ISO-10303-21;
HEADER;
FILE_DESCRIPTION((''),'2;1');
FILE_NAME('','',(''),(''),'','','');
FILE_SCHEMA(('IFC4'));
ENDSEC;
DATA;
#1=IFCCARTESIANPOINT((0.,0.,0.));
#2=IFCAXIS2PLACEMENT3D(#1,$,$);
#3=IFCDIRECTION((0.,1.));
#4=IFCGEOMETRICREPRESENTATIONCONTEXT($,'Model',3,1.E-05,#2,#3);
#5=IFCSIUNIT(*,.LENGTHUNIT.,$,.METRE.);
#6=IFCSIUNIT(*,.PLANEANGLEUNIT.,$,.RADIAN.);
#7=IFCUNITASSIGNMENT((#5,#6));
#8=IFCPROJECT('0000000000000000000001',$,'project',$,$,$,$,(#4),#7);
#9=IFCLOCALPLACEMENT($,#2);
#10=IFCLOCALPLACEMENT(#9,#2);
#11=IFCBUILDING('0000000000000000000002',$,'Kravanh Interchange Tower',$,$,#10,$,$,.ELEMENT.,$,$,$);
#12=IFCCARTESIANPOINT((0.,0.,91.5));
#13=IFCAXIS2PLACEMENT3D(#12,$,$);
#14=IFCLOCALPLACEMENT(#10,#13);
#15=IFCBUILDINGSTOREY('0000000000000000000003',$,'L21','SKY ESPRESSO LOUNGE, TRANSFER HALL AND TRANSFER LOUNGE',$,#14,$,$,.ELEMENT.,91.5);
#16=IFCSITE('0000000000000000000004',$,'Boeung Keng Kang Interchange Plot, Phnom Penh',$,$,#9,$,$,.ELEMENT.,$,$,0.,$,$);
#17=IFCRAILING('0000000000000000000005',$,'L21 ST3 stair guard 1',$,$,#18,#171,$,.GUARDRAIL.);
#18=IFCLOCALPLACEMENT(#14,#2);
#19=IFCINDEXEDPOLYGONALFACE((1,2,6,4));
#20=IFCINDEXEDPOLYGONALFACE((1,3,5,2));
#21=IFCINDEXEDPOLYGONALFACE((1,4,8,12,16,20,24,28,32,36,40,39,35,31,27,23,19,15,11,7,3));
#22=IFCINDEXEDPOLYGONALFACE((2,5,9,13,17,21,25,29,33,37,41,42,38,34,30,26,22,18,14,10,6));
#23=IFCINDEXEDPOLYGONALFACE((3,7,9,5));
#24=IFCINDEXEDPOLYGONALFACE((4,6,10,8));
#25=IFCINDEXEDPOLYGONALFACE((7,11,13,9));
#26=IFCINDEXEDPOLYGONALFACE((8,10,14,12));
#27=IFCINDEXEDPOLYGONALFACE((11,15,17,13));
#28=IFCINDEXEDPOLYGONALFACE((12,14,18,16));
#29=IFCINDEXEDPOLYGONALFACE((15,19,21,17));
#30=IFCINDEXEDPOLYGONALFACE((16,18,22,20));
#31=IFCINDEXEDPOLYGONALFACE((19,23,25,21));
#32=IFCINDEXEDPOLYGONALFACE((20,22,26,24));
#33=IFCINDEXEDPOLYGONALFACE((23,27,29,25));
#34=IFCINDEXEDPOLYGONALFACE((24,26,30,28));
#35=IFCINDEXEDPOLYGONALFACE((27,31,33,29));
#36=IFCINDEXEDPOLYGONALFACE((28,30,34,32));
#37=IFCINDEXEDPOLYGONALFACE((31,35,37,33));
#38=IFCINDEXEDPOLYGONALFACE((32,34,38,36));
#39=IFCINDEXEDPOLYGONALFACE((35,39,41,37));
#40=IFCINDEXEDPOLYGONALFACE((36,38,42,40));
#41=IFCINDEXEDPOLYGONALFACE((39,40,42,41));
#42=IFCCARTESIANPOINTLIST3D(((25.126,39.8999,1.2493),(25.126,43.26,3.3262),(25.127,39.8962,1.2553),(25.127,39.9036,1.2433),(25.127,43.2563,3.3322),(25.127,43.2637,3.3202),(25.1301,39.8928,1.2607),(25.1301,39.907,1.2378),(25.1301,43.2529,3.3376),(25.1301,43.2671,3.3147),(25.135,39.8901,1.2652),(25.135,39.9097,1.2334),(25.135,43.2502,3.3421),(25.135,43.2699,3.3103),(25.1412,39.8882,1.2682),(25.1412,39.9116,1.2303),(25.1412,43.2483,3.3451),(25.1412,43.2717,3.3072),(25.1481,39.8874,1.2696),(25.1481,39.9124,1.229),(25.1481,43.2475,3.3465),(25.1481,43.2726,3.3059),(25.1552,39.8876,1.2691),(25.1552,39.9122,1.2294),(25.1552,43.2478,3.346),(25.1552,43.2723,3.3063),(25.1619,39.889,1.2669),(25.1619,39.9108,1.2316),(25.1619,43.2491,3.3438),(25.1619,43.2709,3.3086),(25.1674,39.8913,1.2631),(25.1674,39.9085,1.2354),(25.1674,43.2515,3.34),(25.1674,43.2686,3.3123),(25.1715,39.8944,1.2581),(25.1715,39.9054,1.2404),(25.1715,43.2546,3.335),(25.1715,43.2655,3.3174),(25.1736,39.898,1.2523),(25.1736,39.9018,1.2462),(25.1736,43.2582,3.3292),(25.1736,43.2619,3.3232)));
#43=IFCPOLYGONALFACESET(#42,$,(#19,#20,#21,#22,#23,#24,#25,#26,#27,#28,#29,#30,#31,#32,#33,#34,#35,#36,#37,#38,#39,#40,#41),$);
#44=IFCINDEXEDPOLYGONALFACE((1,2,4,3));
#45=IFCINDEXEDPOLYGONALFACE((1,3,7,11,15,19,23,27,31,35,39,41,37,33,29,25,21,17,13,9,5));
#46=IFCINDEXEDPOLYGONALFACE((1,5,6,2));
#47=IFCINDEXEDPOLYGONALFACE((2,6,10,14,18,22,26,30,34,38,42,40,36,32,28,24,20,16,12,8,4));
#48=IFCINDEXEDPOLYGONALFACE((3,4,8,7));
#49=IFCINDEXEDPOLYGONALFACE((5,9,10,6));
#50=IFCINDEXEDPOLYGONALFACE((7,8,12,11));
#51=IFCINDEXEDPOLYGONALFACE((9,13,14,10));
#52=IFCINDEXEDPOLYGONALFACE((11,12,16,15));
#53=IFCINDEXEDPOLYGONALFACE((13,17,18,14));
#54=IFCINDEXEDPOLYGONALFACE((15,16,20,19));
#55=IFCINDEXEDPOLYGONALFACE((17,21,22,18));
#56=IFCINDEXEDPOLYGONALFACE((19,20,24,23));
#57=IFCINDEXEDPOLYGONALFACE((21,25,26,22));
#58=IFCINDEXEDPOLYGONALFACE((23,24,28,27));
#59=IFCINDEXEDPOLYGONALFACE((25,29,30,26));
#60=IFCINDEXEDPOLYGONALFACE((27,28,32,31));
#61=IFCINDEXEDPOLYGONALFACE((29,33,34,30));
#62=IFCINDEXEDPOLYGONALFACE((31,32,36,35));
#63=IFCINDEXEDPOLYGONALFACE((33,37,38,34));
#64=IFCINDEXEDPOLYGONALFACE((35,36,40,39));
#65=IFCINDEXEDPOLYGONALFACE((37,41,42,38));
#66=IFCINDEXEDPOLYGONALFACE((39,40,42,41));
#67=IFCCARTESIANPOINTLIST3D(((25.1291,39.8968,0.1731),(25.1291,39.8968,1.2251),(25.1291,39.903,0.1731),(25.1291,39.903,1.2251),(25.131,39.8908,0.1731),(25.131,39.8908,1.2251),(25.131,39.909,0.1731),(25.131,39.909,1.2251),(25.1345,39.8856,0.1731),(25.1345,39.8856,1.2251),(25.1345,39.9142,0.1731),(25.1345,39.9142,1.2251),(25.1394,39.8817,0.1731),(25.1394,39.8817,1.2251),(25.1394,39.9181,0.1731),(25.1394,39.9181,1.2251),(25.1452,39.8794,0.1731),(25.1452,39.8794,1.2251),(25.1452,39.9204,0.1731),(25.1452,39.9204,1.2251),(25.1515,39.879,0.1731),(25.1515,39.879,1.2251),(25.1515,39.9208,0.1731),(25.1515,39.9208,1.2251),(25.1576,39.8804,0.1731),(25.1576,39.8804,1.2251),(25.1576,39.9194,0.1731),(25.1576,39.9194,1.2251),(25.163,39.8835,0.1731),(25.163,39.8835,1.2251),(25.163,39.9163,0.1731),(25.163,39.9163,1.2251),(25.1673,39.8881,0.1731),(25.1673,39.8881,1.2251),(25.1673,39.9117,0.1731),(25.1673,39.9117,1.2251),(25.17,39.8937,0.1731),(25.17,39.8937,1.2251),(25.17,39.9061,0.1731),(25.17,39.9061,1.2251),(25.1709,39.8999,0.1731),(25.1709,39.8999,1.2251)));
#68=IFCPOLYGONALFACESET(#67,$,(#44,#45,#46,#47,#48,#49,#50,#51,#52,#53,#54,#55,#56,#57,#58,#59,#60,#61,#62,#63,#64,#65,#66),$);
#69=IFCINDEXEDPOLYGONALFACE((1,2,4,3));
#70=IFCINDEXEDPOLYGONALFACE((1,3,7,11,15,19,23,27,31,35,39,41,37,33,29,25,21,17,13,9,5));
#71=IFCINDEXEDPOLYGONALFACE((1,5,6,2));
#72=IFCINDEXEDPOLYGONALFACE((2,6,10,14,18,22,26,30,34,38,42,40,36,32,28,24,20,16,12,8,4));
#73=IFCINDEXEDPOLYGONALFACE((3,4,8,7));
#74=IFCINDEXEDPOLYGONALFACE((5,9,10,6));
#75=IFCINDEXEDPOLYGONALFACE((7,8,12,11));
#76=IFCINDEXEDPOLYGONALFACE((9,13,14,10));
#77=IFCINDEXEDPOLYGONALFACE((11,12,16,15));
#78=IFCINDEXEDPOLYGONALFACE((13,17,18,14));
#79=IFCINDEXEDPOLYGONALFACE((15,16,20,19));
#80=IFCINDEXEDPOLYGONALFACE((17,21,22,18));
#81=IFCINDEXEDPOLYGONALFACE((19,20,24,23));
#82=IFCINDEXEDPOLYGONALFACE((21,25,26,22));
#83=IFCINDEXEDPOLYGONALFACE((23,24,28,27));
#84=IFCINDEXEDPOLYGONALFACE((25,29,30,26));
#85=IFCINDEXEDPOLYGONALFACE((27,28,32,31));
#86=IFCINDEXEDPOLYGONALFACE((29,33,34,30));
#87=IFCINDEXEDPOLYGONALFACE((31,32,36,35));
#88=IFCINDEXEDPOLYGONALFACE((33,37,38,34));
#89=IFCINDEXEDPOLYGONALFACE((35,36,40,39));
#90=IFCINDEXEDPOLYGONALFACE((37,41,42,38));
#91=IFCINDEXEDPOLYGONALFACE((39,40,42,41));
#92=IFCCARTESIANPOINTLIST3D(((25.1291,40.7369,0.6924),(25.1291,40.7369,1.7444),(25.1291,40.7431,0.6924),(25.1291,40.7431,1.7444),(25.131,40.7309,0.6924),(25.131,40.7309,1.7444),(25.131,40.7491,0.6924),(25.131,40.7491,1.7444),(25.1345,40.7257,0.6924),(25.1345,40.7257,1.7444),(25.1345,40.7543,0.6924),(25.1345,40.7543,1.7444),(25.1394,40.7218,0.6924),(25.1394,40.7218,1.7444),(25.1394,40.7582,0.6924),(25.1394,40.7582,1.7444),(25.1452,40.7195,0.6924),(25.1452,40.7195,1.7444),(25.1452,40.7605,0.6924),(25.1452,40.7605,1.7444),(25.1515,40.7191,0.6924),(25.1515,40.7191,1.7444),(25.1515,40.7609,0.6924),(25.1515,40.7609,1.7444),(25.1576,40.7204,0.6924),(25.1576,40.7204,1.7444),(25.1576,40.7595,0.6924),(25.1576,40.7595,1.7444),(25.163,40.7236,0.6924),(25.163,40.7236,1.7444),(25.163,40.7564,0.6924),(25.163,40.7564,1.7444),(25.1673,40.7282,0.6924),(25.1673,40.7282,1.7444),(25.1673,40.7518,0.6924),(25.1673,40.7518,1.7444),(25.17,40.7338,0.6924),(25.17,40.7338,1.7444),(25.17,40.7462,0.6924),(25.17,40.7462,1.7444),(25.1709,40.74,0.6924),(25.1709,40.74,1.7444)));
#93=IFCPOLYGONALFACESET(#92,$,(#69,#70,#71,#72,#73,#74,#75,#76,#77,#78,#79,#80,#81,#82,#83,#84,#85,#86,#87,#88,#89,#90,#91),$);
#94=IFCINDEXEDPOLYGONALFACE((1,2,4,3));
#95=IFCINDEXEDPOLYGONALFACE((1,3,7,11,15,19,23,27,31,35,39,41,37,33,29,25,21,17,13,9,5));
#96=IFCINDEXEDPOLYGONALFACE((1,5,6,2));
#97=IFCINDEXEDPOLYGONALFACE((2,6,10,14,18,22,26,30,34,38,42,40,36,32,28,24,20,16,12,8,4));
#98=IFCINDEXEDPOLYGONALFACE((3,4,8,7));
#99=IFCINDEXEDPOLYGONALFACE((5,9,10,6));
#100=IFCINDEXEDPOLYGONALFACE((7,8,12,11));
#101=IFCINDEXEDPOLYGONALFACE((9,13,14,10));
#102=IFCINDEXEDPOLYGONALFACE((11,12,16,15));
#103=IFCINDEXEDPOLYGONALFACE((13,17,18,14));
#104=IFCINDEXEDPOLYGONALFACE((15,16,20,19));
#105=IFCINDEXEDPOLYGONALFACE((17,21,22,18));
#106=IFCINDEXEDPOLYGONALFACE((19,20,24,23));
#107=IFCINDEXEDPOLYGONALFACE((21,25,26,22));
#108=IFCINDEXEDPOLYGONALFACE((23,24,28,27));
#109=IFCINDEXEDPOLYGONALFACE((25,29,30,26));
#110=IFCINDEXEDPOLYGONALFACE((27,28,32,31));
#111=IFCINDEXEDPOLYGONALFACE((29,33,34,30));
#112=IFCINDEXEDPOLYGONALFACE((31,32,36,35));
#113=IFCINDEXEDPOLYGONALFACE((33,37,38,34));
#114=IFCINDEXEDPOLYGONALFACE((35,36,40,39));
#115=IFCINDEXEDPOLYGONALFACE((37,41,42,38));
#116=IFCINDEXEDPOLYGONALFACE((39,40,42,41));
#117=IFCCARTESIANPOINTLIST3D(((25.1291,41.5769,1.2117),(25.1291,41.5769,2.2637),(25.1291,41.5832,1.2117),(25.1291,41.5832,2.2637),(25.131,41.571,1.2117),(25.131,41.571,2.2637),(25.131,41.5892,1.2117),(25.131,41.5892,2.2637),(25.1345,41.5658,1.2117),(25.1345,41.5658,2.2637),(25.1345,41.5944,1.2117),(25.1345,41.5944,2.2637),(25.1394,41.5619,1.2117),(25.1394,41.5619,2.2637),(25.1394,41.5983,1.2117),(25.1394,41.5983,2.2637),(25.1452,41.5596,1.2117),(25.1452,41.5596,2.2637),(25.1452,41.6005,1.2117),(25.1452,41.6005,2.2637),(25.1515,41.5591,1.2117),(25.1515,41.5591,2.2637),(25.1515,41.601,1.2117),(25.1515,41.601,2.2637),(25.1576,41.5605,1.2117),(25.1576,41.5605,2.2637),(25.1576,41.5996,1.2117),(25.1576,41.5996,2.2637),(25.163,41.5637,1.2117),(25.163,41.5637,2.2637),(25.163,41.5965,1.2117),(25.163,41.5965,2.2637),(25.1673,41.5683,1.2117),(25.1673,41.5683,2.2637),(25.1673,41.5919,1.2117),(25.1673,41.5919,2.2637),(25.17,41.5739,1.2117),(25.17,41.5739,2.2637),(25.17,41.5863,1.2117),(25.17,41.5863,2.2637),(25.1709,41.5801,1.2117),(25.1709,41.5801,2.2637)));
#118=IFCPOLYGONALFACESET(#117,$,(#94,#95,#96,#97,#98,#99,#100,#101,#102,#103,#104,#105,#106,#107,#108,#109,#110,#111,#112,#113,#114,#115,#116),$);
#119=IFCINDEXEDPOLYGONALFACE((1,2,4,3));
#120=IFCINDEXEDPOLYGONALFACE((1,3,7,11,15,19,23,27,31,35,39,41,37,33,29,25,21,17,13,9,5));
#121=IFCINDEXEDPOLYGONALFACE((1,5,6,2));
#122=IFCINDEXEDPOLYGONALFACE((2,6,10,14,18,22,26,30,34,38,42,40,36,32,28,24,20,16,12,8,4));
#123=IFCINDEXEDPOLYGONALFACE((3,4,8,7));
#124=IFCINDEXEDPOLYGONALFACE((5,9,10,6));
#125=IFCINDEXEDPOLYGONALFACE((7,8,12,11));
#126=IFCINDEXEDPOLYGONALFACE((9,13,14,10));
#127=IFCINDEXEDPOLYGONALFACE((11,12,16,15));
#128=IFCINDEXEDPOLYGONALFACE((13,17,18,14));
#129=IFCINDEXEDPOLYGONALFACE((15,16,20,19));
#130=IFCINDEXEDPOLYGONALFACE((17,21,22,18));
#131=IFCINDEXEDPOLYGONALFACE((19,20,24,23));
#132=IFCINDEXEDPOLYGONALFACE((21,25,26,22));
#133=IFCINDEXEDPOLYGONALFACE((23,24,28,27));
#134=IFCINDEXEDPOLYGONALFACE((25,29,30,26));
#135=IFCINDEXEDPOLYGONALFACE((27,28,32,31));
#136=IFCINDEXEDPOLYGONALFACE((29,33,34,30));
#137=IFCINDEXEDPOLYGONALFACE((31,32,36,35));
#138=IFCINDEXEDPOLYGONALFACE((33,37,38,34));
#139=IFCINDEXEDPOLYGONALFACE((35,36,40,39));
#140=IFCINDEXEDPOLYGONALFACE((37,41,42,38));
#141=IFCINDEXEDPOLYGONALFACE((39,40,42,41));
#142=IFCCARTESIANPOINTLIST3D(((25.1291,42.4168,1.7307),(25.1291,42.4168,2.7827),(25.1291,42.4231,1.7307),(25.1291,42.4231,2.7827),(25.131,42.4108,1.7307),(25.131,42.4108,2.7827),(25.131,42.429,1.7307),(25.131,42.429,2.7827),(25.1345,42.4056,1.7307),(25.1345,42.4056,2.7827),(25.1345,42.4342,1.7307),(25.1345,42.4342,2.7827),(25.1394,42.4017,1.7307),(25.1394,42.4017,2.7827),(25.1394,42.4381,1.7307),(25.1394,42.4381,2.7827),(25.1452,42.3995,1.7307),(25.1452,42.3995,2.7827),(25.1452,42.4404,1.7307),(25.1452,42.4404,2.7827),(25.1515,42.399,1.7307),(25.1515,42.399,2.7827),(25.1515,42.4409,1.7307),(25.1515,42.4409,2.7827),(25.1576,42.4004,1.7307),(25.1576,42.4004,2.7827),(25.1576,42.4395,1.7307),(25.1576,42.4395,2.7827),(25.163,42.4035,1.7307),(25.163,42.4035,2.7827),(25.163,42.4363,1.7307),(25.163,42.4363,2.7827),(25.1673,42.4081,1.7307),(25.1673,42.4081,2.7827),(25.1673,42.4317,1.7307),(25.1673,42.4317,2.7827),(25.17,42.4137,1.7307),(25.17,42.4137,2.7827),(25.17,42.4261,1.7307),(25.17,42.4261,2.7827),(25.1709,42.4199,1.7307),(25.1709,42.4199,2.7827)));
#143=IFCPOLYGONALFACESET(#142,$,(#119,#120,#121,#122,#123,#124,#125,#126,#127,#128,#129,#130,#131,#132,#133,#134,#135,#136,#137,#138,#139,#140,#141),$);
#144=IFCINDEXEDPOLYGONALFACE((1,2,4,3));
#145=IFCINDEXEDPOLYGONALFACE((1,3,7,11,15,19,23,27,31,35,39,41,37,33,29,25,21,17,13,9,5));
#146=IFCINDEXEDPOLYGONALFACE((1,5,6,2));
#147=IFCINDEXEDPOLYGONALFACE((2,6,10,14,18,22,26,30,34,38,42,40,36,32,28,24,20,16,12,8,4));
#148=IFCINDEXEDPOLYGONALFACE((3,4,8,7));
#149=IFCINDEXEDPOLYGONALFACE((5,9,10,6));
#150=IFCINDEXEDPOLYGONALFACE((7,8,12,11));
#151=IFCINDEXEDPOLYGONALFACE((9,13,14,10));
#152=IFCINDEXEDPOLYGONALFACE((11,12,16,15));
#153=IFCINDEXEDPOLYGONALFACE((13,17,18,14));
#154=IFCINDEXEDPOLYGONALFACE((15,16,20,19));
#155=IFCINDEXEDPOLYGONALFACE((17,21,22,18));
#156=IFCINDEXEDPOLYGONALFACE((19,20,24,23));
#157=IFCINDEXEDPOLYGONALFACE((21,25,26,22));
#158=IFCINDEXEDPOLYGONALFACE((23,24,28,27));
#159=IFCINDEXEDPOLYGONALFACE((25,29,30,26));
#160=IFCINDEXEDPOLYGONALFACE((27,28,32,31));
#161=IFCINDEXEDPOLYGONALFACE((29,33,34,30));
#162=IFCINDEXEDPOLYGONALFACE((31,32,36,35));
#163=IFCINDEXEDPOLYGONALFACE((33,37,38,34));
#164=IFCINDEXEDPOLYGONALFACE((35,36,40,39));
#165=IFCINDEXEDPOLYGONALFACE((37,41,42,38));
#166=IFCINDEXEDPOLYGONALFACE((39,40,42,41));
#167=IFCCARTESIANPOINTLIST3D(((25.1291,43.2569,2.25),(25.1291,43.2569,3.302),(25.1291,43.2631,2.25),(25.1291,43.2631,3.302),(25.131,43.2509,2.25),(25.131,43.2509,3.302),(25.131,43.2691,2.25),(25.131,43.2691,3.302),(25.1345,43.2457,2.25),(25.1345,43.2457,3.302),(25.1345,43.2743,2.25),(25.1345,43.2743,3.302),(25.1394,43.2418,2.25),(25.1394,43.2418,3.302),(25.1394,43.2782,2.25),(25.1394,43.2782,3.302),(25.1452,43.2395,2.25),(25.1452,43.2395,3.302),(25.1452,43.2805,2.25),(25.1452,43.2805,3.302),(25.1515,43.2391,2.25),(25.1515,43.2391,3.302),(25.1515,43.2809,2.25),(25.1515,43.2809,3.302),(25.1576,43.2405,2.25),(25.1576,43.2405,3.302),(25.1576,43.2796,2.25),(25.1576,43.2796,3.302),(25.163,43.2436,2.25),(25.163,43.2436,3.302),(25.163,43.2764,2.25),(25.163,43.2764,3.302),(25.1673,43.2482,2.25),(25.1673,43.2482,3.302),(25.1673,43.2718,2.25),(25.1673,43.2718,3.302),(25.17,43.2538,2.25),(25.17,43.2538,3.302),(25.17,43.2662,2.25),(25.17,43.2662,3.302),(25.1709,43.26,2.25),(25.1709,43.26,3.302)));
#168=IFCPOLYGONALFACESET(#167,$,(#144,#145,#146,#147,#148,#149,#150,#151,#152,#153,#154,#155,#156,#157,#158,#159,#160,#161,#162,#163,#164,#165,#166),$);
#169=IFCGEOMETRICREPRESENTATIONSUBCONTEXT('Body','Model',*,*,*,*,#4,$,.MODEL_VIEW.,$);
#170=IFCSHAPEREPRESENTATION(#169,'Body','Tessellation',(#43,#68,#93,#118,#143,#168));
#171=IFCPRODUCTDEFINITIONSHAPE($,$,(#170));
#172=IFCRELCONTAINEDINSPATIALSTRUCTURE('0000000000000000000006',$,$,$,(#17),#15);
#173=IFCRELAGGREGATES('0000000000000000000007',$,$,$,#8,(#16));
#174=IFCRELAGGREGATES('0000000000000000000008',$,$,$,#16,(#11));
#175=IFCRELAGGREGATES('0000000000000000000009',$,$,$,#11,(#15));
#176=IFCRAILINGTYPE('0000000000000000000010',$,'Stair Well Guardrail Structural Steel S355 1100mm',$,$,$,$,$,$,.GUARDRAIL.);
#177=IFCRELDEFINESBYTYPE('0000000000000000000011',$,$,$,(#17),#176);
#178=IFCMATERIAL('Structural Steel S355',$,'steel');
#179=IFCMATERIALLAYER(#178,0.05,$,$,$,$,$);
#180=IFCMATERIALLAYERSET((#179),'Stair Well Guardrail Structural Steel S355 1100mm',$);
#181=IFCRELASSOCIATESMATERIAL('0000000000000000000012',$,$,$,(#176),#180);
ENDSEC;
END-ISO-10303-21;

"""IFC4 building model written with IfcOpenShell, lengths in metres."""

from ifc_helpers import new_model, si_unit, direction, frame, origin, origin_2d, place, context, subcontext, project, spatial, circle, extrude, material, layer, layer_set, type_object, element, save


model = new_model("IFC4")

# Units and contexts
model_context = context("Model", 3, precision=1e-05, world=origin(), true_north=direction((0.0, 1.0)))
body_context = subcontext(model_context, "Body", "Model", "MODEL_VIEW")
ifc_project = project(units=[si_unit("LENGTHUNIT", "METRE"), si_unit("PLANEANGLEUNIT", "RADIAN")], contexts=[model_context])

# Site, building, storey
site_placement = place(None, origin())
site = spatial("IfcSite", under=ifc_project, at=site_placement, Name="Boeung Keng Kang Interchange Plot, Phnom Penh", CompositionType="ELEMENT", RefElevation=0.0)
building_placement = place(site_placement, origin())
building = spatial("IfcBuilding", under=site, at=building_placement, Name="Kravanh Interchange Tower", CompositionType="ELEMENT")
storey_placement = place(building_placement, frame((0.0, 0.0, 91.5)))
storey = spatial("IfcBuildingStorey", under=building, at=storey_placement, Name="L21", Description="SKY ESPRESSO LOUNGE, TRANSFER HALL AND TRANSFER LOUNGE", CompositionType="ELEMENT", Elevation=91.5)

# Railing
ifc_material_1 = material(Name="Structural Steel S355", Category="steel")
ifc_layer_1 = layer(ifc_material_1, 0.05)
ifc_layer_set_1 = layer_set([ifc_layer_1], Name="Stair Well Guardrail Structural Steel S355 1100mm")
railing_type_1 = type_object("IfcRailingType", Name="Stair Well Guardrail Structural Steel S355 1100mm", PredefinedType="GUARDRAIL", material=ifc_layer_set_1)
railing_1_placement = place(storey_placement, frame((25.1499, 39.8999, 0.1731)))
element("IfcRailing", 1, at=railing_1_placement, inside=storey, type_object=railing_type_1, Name="L21 ST3 stair guard 1", PredefinedType="GUARDRAIL", context=body_context, shape_type="SweptSolid", body=[
    extrude(circle(Radius=0.0239, at=origin_2d()), frame((0.0, 0.0, 1.0762), z_axis=(0.0, 0.850623, 0.525776), x_axis=(-1.0, 0.0, 0.0)), (0.0, 0.0, 1.0), 3.9502),
    extrude(circle(Radius=0.021, at=origin_2d()), origin(), (0.0, 0.0, 1.0), 1.052),
    extrude(circle(Radius=0.021, at=origin_2d()), frame((0.0, 0.8401, 0.5193)), (0.0, 0.0, 1.0), 1.052),
    extrude(circle(Radius=0.021, at=origin_2d()), frame((0.0, 1.6802, 1.0386)), (0.0, 0.0, 1.0), 1.052),
    extrude(circle(Radius=0.021, at=origin_2d()), frame((0.0, 2.52, 1.5576)), (0.0, 0.0, 1.0), 1.052),
    extrude(circle(Radius=0.021, at=origin_2d()), frame((0.0, 3.3601, 2.0769)), (0.0, 0.0, 1.0), 1.052),
])

save(model, "model.ifc")
